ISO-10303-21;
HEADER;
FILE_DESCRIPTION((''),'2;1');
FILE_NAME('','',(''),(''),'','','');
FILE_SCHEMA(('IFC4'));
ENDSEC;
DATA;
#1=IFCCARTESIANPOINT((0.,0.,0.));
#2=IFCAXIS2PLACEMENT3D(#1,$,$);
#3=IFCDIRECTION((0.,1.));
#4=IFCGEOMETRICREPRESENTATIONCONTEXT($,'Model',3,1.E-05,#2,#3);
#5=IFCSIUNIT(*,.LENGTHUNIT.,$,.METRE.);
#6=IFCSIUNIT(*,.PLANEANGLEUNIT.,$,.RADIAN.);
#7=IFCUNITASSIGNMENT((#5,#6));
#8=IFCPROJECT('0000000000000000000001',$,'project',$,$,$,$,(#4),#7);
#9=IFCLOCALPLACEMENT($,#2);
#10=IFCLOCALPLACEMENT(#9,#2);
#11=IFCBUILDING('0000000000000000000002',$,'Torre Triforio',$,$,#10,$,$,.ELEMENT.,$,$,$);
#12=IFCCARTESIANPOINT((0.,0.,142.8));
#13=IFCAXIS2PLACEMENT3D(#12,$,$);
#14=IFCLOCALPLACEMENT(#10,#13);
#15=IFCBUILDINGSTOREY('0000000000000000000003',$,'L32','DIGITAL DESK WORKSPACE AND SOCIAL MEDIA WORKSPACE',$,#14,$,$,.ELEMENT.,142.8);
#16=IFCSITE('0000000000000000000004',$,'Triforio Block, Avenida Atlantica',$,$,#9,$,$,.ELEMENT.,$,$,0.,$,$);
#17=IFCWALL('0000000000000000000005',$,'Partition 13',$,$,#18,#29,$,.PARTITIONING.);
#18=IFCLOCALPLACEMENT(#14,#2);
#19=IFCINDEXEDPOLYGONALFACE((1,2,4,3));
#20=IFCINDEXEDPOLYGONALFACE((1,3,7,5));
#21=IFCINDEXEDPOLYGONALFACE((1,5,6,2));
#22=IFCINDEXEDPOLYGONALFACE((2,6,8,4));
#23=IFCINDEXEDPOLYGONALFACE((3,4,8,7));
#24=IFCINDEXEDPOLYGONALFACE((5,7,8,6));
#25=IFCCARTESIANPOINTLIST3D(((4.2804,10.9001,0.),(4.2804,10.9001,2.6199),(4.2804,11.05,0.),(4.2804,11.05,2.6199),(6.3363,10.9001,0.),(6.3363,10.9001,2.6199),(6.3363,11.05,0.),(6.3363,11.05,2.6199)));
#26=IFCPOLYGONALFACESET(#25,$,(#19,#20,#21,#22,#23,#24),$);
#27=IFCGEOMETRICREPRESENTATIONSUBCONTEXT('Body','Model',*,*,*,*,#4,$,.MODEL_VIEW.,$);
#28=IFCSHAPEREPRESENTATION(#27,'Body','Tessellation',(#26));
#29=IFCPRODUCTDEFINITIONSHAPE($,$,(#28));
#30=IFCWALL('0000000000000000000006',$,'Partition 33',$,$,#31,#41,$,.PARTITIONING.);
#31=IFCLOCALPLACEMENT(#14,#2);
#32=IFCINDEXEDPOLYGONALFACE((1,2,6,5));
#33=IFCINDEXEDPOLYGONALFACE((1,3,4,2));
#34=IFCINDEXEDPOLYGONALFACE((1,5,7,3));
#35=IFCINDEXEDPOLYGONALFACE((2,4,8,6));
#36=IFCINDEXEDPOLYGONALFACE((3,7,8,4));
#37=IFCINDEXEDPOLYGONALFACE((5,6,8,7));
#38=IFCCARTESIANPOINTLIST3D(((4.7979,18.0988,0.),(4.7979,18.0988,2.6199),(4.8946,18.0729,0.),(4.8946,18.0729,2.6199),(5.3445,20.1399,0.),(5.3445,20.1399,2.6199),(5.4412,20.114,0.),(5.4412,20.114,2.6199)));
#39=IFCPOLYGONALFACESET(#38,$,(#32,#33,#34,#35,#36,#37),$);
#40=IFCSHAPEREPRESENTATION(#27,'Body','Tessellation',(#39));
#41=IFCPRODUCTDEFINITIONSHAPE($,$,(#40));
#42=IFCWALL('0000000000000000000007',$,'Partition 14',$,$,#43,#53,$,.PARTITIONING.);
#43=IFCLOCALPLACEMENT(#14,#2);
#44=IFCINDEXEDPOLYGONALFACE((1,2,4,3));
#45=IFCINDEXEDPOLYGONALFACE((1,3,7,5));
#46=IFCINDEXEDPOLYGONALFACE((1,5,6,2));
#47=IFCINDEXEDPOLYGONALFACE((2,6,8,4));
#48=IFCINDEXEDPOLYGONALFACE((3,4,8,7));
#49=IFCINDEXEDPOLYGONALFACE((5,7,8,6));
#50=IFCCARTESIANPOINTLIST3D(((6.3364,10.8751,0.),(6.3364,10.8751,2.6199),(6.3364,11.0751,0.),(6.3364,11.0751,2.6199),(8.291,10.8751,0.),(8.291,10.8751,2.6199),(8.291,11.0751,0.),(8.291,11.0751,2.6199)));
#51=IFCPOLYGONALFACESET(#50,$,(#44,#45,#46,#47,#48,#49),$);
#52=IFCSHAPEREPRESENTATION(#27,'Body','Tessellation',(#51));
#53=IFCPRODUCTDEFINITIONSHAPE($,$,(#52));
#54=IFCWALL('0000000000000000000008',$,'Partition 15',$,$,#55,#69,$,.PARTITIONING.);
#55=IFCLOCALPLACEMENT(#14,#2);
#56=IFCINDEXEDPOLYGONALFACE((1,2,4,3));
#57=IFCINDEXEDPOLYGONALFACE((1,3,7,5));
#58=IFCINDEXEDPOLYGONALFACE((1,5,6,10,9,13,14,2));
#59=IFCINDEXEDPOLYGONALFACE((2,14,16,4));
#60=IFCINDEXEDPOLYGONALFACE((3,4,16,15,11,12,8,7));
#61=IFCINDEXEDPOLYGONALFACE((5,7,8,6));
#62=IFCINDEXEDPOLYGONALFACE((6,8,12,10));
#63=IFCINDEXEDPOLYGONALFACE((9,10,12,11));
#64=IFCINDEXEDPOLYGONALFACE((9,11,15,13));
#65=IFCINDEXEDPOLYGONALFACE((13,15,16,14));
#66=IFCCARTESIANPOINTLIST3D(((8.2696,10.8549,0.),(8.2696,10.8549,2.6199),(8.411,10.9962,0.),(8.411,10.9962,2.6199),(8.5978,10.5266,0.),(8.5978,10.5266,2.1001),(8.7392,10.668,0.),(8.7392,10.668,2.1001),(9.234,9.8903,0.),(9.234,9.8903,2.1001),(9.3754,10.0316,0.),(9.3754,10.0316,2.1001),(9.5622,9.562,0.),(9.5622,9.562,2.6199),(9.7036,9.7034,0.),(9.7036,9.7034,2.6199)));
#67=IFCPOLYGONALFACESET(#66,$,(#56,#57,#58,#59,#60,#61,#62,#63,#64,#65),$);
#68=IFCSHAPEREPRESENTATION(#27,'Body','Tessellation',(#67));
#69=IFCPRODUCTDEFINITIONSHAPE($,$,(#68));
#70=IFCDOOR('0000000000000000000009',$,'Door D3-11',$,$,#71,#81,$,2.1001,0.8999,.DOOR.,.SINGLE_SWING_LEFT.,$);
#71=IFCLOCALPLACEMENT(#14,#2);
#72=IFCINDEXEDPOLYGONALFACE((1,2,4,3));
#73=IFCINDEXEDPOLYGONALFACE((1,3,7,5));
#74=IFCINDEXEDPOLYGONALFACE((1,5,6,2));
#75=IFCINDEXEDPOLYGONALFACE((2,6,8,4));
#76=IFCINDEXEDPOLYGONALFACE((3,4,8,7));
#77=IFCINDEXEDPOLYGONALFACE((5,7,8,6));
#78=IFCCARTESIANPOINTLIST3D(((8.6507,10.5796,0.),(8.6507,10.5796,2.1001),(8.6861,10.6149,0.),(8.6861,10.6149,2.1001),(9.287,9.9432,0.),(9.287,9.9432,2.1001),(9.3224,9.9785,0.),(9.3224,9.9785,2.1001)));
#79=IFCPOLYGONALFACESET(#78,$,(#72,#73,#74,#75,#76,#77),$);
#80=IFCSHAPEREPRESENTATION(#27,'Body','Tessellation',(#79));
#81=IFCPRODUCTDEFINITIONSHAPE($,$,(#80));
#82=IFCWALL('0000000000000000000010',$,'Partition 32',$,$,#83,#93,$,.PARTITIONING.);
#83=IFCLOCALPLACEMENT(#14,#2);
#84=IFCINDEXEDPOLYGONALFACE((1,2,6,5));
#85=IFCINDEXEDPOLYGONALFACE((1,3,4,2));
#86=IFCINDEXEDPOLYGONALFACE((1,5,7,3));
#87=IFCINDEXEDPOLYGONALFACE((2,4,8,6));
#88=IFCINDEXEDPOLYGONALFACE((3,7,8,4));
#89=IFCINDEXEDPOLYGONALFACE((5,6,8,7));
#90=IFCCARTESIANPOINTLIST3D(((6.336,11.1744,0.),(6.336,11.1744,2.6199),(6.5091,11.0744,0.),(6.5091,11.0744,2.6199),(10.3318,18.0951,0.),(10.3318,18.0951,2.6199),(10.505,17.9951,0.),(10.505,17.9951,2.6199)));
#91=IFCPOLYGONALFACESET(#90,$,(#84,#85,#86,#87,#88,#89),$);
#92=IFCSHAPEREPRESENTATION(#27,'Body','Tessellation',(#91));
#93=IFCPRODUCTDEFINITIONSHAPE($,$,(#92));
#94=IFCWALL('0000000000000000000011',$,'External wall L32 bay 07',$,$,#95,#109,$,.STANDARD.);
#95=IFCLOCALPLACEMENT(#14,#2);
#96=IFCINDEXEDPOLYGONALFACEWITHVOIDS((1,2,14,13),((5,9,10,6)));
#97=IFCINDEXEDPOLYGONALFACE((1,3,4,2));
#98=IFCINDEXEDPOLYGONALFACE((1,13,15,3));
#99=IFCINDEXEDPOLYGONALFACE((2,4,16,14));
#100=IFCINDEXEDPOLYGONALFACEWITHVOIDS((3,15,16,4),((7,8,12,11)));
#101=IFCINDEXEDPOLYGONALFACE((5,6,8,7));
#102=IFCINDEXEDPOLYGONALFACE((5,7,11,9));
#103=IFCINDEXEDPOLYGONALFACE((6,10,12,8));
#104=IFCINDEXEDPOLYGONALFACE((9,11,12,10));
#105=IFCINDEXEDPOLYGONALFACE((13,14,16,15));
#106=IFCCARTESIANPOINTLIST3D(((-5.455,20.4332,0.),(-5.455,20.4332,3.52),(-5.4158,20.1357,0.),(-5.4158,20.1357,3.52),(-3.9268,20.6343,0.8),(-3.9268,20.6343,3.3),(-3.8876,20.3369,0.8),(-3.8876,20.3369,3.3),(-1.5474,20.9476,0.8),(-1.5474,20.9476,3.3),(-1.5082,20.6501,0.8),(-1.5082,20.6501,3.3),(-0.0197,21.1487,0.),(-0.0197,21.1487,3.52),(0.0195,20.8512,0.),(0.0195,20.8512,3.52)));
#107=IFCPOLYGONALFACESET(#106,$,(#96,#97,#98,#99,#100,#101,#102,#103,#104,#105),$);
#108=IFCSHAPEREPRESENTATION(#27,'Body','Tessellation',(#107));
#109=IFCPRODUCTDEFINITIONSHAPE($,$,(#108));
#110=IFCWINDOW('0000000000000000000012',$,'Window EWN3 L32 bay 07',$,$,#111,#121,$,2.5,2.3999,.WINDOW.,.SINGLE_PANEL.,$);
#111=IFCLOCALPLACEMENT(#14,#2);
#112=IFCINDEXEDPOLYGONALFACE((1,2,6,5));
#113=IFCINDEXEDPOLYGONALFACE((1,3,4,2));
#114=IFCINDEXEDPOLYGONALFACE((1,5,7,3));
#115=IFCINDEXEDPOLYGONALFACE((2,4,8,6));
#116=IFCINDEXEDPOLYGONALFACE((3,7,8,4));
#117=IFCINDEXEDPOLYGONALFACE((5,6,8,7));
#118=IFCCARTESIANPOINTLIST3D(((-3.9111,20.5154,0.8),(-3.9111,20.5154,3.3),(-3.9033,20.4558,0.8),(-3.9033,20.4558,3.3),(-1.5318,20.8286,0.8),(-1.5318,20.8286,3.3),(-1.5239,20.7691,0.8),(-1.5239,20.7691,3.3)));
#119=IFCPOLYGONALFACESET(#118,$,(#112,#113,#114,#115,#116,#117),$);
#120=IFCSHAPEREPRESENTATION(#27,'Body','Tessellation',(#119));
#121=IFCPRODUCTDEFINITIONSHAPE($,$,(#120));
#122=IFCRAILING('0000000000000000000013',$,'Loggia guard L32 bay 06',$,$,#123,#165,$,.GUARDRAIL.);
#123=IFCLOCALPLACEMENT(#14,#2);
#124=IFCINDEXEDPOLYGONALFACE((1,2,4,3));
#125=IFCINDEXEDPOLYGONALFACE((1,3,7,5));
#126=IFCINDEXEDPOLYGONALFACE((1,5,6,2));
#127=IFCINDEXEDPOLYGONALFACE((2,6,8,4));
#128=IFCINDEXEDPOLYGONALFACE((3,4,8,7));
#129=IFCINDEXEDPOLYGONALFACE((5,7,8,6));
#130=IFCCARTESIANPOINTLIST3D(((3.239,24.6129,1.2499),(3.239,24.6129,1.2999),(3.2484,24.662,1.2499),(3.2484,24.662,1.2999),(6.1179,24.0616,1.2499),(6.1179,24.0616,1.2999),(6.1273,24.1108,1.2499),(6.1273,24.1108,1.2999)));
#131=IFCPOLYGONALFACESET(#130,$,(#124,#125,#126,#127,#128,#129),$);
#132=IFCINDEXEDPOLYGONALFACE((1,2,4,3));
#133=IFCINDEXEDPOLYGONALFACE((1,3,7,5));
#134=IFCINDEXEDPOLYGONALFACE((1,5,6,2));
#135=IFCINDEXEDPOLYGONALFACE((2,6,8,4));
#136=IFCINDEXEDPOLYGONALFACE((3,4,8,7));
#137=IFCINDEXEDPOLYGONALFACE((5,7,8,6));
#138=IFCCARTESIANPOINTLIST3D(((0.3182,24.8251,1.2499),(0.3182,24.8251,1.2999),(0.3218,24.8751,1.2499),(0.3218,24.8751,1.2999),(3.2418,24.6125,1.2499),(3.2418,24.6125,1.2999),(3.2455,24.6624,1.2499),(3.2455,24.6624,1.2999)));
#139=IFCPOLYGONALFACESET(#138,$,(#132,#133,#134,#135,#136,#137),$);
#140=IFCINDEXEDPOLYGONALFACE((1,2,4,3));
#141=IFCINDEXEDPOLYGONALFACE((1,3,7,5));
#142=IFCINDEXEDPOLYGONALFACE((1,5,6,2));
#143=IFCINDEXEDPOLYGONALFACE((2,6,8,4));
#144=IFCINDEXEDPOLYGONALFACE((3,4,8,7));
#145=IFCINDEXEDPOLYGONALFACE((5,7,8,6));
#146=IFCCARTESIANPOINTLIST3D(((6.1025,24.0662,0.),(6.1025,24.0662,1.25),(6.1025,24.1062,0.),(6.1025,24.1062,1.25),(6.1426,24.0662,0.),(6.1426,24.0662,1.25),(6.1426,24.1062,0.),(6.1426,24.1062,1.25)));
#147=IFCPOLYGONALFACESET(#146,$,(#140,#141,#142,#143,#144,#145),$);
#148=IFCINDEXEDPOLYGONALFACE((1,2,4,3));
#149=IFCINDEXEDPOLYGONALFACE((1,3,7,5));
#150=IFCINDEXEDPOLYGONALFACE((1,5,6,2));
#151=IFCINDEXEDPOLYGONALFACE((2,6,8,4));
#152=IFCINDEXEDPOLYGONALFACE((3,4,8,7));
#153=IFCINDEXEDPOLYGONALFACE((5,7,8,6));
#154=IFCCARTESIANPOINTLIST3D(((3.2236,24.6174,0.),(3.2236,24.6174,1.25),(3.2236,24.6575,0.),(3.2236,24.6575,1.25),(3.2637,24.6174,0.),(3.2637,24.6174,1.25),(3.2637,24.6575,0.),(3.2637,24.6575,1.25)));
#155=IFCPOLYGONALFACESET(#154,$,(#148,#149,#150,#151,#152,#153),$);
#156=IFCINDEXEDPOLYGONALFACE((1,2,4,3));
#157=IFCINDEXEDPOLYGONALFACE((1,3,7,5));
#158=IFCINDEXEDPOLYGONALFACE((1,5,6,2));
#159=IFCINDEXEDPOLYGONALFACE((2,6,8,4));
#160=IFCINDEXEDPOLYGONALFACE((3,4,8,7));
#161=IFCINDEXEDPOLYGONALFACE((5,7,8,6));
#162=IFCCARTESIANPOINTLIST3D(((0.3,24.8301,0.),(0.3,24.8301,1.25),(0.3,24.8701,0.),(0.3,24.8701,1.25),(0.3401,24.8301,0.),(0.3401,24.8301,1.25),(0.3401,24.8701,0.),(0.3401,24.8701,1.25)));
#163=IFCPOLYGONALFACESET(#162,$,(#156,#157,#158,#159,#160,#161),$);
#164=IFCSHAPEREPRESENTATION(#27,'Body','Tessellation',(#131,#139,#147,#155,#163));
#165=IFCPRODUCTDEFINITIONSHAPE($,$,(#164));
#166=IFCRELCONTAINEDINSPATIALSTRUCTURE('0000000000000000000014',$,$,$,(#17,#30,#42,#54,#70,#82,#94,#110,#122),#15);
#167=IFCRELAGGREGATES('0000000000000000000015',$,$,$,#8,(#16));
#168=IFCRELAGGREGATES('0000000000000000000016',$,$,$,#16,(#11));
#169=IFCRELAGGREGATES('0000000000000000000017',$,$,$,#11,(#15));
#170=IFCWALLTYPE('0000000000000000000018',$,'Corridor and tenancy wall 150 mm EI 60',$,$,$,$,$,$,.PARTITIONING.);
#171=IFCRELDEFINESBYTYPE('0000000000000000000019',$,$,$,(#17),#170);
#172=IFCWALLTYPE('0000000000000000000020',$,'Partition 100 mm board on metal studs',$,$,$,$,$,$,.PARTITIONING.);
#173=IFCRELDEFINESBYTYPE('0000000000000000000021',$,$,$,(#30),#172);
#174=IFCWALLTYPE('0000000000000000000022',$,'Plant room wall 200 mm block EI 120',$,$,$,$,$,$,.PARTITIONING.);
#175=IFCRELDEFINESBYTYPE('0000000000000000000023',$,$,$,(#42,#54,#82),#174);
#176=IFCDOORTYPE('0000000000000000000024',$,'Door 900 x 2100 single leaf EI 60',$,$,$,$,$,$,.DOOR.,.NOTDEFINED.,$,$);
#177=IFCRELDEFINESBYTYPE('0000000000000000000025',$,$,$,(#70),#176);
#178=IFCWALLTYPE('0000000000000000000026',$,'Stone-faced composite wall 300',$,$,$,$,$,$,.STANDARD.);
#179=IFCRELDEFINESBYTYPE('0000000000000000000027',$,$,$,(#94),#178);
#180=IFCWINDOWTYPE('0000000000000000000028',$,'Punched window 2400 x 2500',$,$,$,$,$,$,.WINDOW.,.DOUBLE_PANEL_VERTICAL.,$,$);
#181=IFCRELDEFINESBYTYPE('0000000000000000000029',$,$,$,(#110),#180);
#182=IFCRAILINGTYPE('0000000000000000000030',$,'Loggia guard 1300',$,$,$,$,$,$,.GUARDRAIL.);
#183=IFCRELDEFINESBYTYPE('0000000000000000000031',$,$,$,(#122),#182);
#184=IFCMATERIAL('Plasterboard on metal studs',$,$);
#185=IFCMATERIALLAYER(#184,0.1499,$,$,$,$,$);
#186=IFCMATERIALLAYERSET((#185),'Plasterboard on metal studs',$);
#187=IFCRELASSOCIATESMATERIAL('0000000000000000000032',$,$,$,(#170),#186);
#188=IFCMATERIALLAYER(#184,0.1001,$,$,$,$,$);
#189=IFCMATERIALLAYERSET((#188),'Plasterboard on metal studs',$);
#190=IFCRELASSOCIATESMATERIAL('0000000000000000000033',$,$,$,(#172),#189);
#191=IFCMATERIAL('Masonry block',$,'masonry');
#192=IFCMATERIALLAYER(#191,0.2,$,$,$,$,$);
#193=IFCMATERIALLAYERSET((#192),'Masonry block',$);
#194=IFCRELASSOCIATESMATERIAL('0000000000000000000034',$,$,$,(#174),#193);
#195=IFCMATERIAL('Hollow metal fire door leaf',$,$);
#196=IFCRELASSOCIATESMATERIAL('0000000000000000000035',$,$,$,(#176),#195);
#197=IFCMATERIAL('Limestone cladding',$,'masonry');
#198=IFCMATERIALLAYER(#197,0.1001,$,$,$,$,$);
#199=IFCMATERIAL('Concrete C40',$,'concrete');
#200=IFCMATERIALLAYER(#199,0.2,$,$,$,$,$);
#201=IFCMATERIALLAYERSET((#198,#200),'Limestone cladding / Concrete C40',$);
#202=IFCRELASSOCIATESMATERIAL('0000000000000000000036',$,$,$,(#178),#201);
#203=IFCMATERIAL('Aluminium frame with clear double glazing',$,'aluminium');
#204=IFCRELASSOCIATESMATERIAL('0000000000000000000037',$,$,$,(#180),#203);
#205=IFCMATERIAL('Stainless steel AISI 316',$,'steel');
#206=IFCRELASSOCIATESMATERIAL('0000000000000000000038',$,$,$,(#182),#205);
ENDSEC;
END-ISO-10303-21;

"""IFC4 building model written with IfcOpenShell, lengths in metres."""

from ifc_helpers import new_model, si_unit, direction, frame, frame_2d, origin, origin_2d, place, context, subcontext, project, spatial, rectangle, extrude, material, layer, layer_set, type_object, element, fill, save


model = new_model("IFC4")

# Units and contexts
model_context = context("Model", 3, precision=1e-05, world=origin(), true_north=direction((0.0, 1.0)))
body_context = subcontext(model_context, "Body", "Model", "MODEL_VIEW")
ifc_project = project(units=[si_unit("LENGTHUNIT", "METRE"), si_unit("PLANEANGLEUNIT", "RADIAN")], contexts=[model_context])

# Site, building, storey
site_placement = place(None, origin())
site = spatial("IfcSite", under=ifc_project, at=site_placement, Name="Triforio Block, Avenida Atlantica", CompositionType="ELEMENT", RefElevation=0.0)
building_placement = place(site_placement, origin())
building = spatial("IfcBuilding", under=site, at=building_placement, Name="Torre Triforio", CompositionType="ELEMENT")
storey_placement = place(building_placement, frame((0.0, 0.0, 142.8)))
storey = spatial("IfcBuildingStorey", under=building, at=storey_placement, Name="L32", Description="DIGITAL DESK WORKSPACE AND SOCIAL MEDIA WORKSPACE", CompositionType="ELEMENT", Elevation=142.8)

# Shared definitions
ifc_material_1 = material(Name="Hollow metal fire door leaf")
ifc_material_2 = material(Name="Plasterboard on metal studs")
ifc_layer_1 = layer(ifc_material_2, 0.1499)
ifc_layer_set_1 = layer_set([ifc_layer_1], Name="Plasterboard on metal studs")
wall_type_1 = type_object("IfcWallType", Name="Corridor and tenancy wall 150 mm EI 60", PredefinedType="PARTITIONING", material=ifc_layer_set_1)

# Walls
wall_1_placement = place(storey_placement, frame((4.2805, 10.9751, 0.0), z_axis=(0.0, 0.0, 1.0), x_axis=(1.0, 0.0, 0.0)))
element("IfcWall", 1, at=wall_1_placement, inside=storey, type_object=wall_type_1, Name="Partition 13", PredefinedType="PARTITIONING", context=body_context, shape_type="SweptSolid", body=[
    extrude(rectangle(XDim=2.0559, YDim=0.1499, at=frame_2d((1.0278, 0.0))), origin(), (0.0, 0.0, 1.0), 2.6199),
])
ifc_layer_2 = layer(ifc_material_2, 0.1001)
ifc_layer_set_2 = layer_set([ifc_layer_2], Name="Plasterboard on metal studs")
wall_type_2 = type_object("IfcWallType", Name="Partition 100 mm board on metal studs", PredefinedType="PARTITIONING", material=ifc_layer_set_2)
wall_2_placement = place(storey_placement, frame((4.8462, 18.0857, 0.0), z_axis=(0.0, 0.0, 1.0), x_axis=(0.258705, 0.965956, 0.0)))
element("IfcWall", 2, at=wall_2_placement, inside=storey, type_object=wall_type_2, Name="Partition 33", PredefinedType="PARTITIONING", context=body_context, shape_type="SweptSolid", body=[
    extrude(rectangle(XDim=2.113, YDim=0.1001, at=frame_2d((1.0566, 0.0))), origin(), (0.0, 0.0, 1.0), 2.6199),
])
ifc_material_3 = material(Name="Masonry block", Category="masonry")
ifc_layer_3 = layer(ifc_material_3, 0.2)
ifc_layer_set_3 = layer_set([ifc_layer_3], Name="Masonry block")
wall_type_3 = type_object("IfcWallType", Name="Plant room wall 200 mm block EI 120", PredefinedType="PARTITIONING", material=ifc_layer_set_3)
wall_3_placement = place(storey_placement, frame((6.3364, 10.9751, 0.0), z_axis=(0.0, 0.0, 1.0), x_axis=(1.0, 0.0, 0.0)))
element("IfcWall", 3, at=wall_3_placement, inside=storey, type_object=wall_type_3, Name="Partition 14", PredefinedType="PARTITIONING", context=body_context, shape_type="SweptSolid", body=[
    extrude(rectangle(XDim=1.9546, YDim=0.2, at=frame_2d((0.9773, 0.0))), origin(), (0.0, 0.0, 1.0), 2.6199),
])

# Wall, opening, door
wall_4_placement = place(storey_placement, frame((8.3403, 10.9255, 0.0), z_axis=(0.0, 0.0, 1.0), x_axis=(0.70704, -0.707174, 0.0)))
wall_4 = element("IfcWall", 4, at=wall_4_placement, inside=storey, type_object=wall_type_3, Name="Partition 15", PredefinedType="PARTITIONING", context=body_context, shape_type="SweptSolid", body=[
    extrude(rectangle(XDim=1.8281, YDim=0.2, at=frame_2d((0.9141, 0.0))), origin(), (0.0, 0.0, 1.0), 2.6199),
])
opening_1_placement = place(wall_4_placement, frame((0.4641, 0.0, 0.0)))
opening_1 = element("IfcOpeningElement", 5, at=opening_1_placement, cuts=wall_4, PredefinedType="OPENING", context=body_context, shape_type="SweptSolid", body=[
    extrude(rectangle(XDim=0.8999, YDim=2.1001, at=frame_2d((0.45, 1.05))), frame((0.0, 0.1099, 0.0), z_axis=(0.0, -1.0, 0.0), x_axis=(1.0, 0.0, 0.0)), (0.0, 0.0, 1.0), 0.22),
])
door_type_1 = type_object("IfcDoorType", Name="Door 900 x 2100 single leaf EI 60", OperationType="NOTDEFINED", PredefinedType="DOOR", material=ifc_material_1)
door_1_placement = place(opening_1_placement, origin())
door_1 = element("IfcDoor", 6, at=door_1_placement, inside=storey, type_object=door_type_1, Name="Door D3-11", OperationType="SINGLE_SWING_LEFT", OverallHeight=2.1001, OverallWidth=0.8999, PredefinedType="DOOR", context=body_context, shape_type="SweptSolid", body=[
    extrude(rectangle(XDim=0.8999, YDim=2.1001, at=frame_2d((0.45, 1.05))), frame((0.0, 0.0249, 0.0), z_axis=(0.0, -1.0, 0.0), x_axis=(1.0, 0.0, 0.0)), (0.0, 0.0, 1.0), 0.05),
])
fill(opening_1, door_1)

# Wall
wall_5_placement = place(storey_placement, frame((6.4226, 11.1245, 0.0), z_axis=(0.0, 0.0, 1.0), x_axis=(0.50002, 0.866014, 0.0)))
element("IfcWall", 7, at=wall_5_placement, inside=storey, type_object=wall_type_3, Name="Partition 32", PredefinedType="PARTITIONING", context=body_context, shape_type="SweptSolid", body=[
    extrude(rectangle(XDim=7.9915, YDim=0.2, at=frame_2d((3.9956, 0.0))), origin(), (0.0, 0.0, 1.0), 2.6199),
])

# Shared definitions
ifc_material_4 = material(Name="Limestone cladding", Category="masonry")
ifc_layer_4 = layer(ifc_material_4, 0.1001)
ifc_material_5 = material(Name="Concrete C40", Category="concrete")
ifc_layer_5 = layer(ifc_material_5, 0.2)
ifc_layer_set_4 = layer_set([ifc_layer_4, ifc_layer_5], Name="Limestone cladding / Concrete C40")
wall_type_4 = type_object("IfcWallType", Name="Stone-faced composite wall 300", PredefinedType="STANDARD", material=ifc_layer_set_4)
ifc_material_6 = material(Name="Aluminium frame with clear double glazing", Category="aluminium")

# Wall, opening, window
wall_6_placement = place(storey_placement, frame((0.0, 21.0, 0.0), z_axis=(0.0, 0.0, 1.0), x_axis=(-0.991445, -0.130527, 0.0)))
wall_6 = element("IfcWall", 8, at=wall_6_placement, inside=storey, type_object=wall_type_4, Name="External wall L32 bay 07", PredefinedType="STANDARD", context=body_context, shape_type="SweptSolid", body=[
    extrude(rectangle(XDim=5.4822, YDim=0.3, at=frame_2d((2.7412, 0.0))), origin(), (0.0, 0.0, 1.0), 3.52),
])
opening_2_placement = place(wall_6_placement, frame((1.541, 0.0, 0.8)))
opening_2 = element("IfcOpeningElement", 9, at=opening_2_placement, cuts=wall_6, PredefinedType="OPENING", context=body_context, shape_type="SweptSolid", body=[
    extrude(rectangle(XDim=2.3999, YDim=2.5, at=frame_2d((1.2, 1.25))), frame((0.0, 0.1599, 0.0), z_axis=(0.0, -1.0, 0.0), x_axis=(1.0, 0.0, 0.0)), (0.0, 0.0, 1.0), 0.3201),
])
window_type_1 = type_object("IfcWindowType", Name="Punched window 2400 x 2500", PartitioningType="DOUBLE_PANEL_VERTICAL", PredefinedType="WINDOW", material=ifc_material_6)
window_1_placement = place(opening_2_placement, origin())
window_1 = element("IfcWindow", 10, at=window_1_placement, inside=storey, type_object=window_type_1, Name="Window EWN3 L32 bay 07", OverallHeight=2.5, OverallWidth=2.3999, PartitioningType="SINGLE_PANEL", PredefinedType="WINDOW", context=body_context, shape_type="SweptSolid", body=[
    extrude(rectangle(XDim=2.3999, YDim=2.5, at=frame_2d((1.2, 1.25))), frame((0.0, 0.03, 0.0), z_axis=(0.0, -1.0, 0.0), x_axis=(1.0, 0.0, 0.0)), (0.0, 0.0, 1.0), 0.0601),
])
fill(opening_2, window_1)

# Railing
ifc_material_7 = material(Name="Stainless steel AISI 316", Category="steel")
railing_type = type_object("IfcRailingType", Name="Loggia guard 1300", PredefinedType="GUARDRAIL", material=ifc_material_7)
railing_placement = place(storey_placement, frame((6.1226, 24.0862, 0.0)))
element("IfcRailing", 11, at=railing_placement, inside=storey, type_object=railing_type, Name="Loggia guard L32 bay 06", PredefinedType="GUARDRAIL", context=body_context, shape_type="SweptSolid", body=[
    extrude(rectangle(XDim=0.05, YDim=0.05, at=origin_2d()), frame((0.0, 0.0, 1.2749), z_axis=(-0.982156, 0.188069, 0.0), x_axis=(-0.188069, -0.982156, 0.0)), (0.0, 0.0, 1.0), 2.9312),
    extrude(rectangle(XDim=0.05, YDim=0.05, at=origin_2d()), frame((-2.8789, 0.5513, 1.2749), z_axis=(-0.997365, 0.072543, 0.0), x_axis=(-0.072543, -0.997365, 0.0)), (0.0, 0.0, 1.0), 2.9314),
    extrude(rectangle(XDim=0.04, YDim=0.04, at=origin_2d()), origin(), (0.0, 0.0, 1.0), 1.25),
    extrude(rectangle(XDim=0.04, YDim=0.04, at=origin_2d()), frame((-2.8789, 0.5513, 0.0)), (0.0, 0.0, 1.0), 1.25),
    extrude(rectangle(XDim=0.04, YDim=0.04, at=origin_2d()), frame((-5.8025, 0.7639, 0.0)), (0.0, 0.0, 1.0), 1.25),
])

save(model, "model.ifc")
